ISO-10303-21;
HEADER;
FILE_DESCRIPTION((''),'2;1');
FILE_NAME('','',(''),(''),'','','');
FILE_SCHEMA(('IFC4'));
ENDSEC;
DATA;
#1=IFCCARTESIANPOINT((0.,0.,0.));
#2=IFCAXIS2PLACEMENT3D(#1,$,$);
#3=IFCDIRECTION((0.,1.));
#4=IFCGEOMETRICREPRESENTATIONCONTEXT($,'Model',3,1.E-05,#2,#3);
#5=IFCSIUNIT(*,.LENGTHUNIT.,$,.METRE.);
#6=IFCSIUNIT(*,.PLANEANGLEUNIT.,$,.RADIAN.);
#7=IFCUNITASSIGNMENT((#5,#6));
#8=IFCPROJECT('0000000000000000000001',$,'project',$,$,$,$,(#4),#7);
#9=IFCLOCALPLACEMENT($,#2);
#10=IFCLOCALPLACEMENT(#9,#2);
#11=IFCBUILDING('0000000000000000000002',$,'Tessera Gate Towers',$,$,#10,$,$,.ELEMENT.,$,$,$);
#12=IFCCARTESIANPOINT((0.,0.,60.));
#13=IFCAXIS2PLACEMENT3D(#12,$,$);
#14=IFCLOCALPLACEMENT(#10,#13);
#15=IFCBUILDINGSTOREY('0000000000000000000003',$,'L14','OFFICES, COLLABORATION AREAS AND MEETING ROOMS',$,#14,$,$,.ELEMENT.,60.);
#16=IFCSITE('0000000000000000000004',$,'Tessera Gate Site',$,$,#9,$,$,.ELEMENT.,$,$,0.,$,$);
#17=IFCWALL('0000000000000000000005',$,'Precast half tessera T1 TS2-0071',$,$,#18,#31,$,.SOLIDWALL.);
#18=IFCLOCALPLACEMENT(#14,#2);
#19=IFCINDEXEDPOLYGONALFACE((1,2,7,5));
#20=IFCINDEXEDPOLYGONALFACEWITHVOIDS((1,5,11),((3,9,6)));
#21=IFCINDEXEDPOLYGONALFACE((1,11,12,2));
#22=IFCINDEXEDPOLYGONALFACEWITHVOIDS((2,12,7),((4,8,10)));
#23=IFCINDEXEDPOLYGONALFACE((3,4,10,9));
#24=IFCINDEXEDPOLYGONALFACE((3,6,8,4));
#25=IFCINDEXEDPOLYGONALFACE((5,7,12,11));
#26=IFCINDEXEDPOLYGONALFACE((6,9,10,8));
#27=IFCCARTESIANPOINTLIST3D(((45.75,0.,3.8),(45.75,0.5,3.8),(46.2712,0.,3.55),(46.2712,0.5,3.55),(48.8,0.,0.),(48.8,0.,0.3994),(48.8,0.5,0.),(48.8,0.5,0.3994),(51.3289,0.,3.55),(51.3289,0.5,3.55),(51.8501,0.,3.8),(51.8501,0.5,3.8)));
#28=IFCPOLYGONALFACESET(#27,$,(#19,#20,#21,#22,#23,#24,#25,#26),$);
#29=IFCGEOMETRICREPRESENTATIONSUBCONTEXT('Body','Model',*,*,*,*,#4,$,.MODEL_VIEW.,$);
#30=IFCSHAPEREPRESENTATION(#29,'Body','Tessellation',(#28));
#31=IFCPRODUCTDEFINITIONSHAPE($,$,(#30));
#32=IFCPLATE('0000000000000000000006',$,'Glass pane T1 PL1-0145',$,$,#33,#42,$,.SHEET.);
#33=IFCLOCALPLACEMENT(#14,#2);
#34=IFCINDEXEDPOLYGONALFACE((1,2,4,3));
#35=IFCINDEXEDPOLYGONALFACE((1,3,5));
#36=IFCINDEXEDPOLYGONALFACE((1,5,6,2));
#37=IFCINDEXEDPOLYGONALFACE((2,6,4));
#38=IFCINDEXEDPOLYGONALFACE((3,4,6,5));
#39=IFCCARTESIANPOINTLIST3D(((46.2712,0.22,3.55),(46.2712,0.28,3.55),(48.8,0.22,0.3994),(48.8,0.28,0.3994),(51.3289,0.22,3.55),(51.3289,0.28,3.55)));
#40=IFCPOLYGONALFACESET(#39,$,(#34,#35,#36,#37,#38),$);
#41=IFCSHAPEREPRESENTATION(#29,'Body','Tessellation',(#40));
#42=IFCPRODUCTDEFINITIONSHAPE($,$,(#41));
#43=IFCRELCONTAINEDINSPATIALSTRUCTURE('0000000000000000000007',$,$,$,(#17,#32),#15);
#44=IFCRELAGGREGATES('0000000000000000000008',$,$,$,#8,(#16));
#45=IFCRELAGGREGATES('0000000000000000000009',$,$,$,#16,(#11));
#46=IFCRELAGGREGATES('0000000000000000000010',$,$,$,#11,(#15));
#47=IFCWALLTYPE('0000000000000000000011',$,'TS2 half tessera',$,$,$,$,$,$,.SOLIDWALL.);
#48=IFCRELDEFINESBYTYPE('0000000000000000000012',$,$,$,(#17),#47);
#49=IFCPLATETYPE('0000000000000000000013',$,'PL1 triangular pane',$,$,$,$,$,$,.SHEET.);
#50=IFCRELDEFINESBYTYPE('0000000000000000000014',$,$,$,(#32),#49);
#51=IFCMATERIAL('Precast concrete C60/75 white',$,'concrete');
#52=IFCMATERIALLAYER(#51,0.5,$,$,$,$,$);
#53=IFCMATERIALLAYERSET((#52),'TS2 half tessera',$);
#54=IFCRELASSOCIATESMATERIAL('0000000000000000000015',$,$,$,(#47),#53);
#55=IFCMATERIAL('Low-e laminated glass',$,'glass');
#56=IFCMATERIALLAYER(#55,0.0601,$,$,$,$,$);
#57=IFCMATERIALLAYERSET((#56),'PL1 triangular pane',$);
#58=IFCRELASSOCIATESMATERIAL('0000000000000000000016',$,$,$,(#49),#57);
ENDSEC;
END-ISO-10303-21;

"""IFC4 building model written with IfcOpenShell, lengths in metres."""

from ifc_helpers import new_model, si_unit, direction, frame, origin, place, context, subcontext, project, spatial, polyline, outline, extrude, source, transform, mapped, material, layer, layer_set, type_object, element, fill, save


model = new_model("IFC4")

# Units and contexts
model_context = context("Model", 3, precision=1e-05, world=origin(), true_north=direction((0.0, 1.0)))
body_context = subcontext(model_context, "Body", "Model", "MODEL_VIEW")
ifc_project = project(units=[si_unit("LENGTHUNIT", "METRE"), si_unit("PLANEANGLEUNIT", "RADIAN")], contexts=[model_context])

# Site, building, storey
site_placement = place(None, origin())
site = spatial("IfcSite", under=ifc_project, at=site_placement, Name="Tessera Gate Site", CompositionType="ELEMENT", RefElevation=0.0)
building_placement = place(site_placement, origin())
building = spatial("IfcBuilding", under=site, at=building_placement, Name="Tessera Gate Towers", CompositionType="ELEMENT")
storey_placement = place(building_placement, frame((0.0, 0.0, 60.0)))
storey = spatial("IfcBuildingStorey", under=building, at=storey_placement, Name="L14", Description="OFFICES, COLLABORATION AREAS AND MEETING ROOMS", CompositionType="ELEMENT", Elevation=60.0)

# Wall, opening, plate
ifc_material_1 = material(Name="Precast concrete C60/75 white", Category="concrete")
ifc_layer_1 = layer(ifc_material_1, 0.5)
ifc_layer_set_1 = layer_set([ifc_layer_1], Name="TS2 half tessera")
wall_type_1 = type_object("IfcWallType", Name="TS2 half tessera", PredefinedType="SOLIDWALL", material=ifc_layer_set_1)
shared_shape_1 = source(origin(), body_context, "Body", "SweptSolid", [
    extrude(outline(polyline([(3.05, 0.0), (6.1001, 3.8), (0.0, 3.8), (3.05, 0.0)])), frame((0.0, 0.25, 0.0), z_axis=(0.0, -1.0, 0.0), x_axis=(1.0, 0.0, 0.0)), (0.0, 0.0, 1.0), 0.5),
])
shared_shape_2 = source(origin(), body_context, "Body", "SweptSolid", [
    extrude(outline(polyline([(3.05, 0.3994), (5.5789, 3.55), (0.5212, 3.55), (3.05, 0.3994)])), frame((0.0, 0.26, 0.0), z_axis=(0.0, -1.0, 0.0), x_axis=(1.0, 0.0, 0.0)), (0.0, 0.0, 1.0), 0.52),
])
ifc_material_2 = material(Name="Low-e laminated glass", Category="glass")
ifc_layer_2 = layer(ifc_material_2, 0.0601)
ifc_layer_set_2 = layer_set([ifc_layer_2], Name="PL1 triangular pane")
plate_type_1 = type_object("IfcPlateType", Name="PL1 triangular pane", PredefinedType="SHEET", material=ifc_layer_set_2)
shared_shape_3 = source(origin(), body_context, "Body", "SweptSolid", [
    extrude(outline(polyline([(3.05, 0.3994), (5.5789, 3.55), (0.5212, 3.55), (3.05, 0.3994)])), frame((0.0, 0.03, 0.0), z_axis=(0.0, -1.0, 0.0), x_axis=(1.0, 0.0, 0.0)), (0.0, 0.0, 1.0), 0.0601),
])
wall_1_placement = place(storey_placement, frame((45.75, 0.25, 0.0), z_axis=(0.0, 0.0, 1.0), x_axis=(1.0, 0.0, 0.0)))
wall_1 = element("IfcWall", 1, at=wall_1_placement, inside=storey, type_object=wall_type_1, Name="Precast half tessera T1 TS2-0071", PredefinedType="SOLIDWALL", context=body_context, shape_type="MappedRepresentation", body=[
    mapped(shared_shape_1, transform((0.0, 0.0, 0.0), scale=1.0)),
])
opening_1_placement = place(wall_1_placement, origin())
opening_1 = element("IfcOpeningElement", 2, at=opening_1_placement, cuts=wall_1, PredefinedType="OPENING", context=body_context, shape_type="MappedRepresentation", body=[
    mapped(shared_shape_2, transform((0.0, 0.0, 0.0), scale=1.0)),
])
plate_1_placement = place(opening_1_placement, origin())
plate_1 = element("IfcPlate", 3, at=plate_1_placement, inside=storey, type_object=plate_type_1, Name="Glass pane T1 PL1-0145", PredefinedType="SHEET", context=body_context, shape_type="MappedRepresentation", body=[
    mapped(shared_shape_3, transform((0.0, 0.0, 0.0), scale=1.0)),
])
fill(opening_1, plate_1)

save(model, "model.ifc")
